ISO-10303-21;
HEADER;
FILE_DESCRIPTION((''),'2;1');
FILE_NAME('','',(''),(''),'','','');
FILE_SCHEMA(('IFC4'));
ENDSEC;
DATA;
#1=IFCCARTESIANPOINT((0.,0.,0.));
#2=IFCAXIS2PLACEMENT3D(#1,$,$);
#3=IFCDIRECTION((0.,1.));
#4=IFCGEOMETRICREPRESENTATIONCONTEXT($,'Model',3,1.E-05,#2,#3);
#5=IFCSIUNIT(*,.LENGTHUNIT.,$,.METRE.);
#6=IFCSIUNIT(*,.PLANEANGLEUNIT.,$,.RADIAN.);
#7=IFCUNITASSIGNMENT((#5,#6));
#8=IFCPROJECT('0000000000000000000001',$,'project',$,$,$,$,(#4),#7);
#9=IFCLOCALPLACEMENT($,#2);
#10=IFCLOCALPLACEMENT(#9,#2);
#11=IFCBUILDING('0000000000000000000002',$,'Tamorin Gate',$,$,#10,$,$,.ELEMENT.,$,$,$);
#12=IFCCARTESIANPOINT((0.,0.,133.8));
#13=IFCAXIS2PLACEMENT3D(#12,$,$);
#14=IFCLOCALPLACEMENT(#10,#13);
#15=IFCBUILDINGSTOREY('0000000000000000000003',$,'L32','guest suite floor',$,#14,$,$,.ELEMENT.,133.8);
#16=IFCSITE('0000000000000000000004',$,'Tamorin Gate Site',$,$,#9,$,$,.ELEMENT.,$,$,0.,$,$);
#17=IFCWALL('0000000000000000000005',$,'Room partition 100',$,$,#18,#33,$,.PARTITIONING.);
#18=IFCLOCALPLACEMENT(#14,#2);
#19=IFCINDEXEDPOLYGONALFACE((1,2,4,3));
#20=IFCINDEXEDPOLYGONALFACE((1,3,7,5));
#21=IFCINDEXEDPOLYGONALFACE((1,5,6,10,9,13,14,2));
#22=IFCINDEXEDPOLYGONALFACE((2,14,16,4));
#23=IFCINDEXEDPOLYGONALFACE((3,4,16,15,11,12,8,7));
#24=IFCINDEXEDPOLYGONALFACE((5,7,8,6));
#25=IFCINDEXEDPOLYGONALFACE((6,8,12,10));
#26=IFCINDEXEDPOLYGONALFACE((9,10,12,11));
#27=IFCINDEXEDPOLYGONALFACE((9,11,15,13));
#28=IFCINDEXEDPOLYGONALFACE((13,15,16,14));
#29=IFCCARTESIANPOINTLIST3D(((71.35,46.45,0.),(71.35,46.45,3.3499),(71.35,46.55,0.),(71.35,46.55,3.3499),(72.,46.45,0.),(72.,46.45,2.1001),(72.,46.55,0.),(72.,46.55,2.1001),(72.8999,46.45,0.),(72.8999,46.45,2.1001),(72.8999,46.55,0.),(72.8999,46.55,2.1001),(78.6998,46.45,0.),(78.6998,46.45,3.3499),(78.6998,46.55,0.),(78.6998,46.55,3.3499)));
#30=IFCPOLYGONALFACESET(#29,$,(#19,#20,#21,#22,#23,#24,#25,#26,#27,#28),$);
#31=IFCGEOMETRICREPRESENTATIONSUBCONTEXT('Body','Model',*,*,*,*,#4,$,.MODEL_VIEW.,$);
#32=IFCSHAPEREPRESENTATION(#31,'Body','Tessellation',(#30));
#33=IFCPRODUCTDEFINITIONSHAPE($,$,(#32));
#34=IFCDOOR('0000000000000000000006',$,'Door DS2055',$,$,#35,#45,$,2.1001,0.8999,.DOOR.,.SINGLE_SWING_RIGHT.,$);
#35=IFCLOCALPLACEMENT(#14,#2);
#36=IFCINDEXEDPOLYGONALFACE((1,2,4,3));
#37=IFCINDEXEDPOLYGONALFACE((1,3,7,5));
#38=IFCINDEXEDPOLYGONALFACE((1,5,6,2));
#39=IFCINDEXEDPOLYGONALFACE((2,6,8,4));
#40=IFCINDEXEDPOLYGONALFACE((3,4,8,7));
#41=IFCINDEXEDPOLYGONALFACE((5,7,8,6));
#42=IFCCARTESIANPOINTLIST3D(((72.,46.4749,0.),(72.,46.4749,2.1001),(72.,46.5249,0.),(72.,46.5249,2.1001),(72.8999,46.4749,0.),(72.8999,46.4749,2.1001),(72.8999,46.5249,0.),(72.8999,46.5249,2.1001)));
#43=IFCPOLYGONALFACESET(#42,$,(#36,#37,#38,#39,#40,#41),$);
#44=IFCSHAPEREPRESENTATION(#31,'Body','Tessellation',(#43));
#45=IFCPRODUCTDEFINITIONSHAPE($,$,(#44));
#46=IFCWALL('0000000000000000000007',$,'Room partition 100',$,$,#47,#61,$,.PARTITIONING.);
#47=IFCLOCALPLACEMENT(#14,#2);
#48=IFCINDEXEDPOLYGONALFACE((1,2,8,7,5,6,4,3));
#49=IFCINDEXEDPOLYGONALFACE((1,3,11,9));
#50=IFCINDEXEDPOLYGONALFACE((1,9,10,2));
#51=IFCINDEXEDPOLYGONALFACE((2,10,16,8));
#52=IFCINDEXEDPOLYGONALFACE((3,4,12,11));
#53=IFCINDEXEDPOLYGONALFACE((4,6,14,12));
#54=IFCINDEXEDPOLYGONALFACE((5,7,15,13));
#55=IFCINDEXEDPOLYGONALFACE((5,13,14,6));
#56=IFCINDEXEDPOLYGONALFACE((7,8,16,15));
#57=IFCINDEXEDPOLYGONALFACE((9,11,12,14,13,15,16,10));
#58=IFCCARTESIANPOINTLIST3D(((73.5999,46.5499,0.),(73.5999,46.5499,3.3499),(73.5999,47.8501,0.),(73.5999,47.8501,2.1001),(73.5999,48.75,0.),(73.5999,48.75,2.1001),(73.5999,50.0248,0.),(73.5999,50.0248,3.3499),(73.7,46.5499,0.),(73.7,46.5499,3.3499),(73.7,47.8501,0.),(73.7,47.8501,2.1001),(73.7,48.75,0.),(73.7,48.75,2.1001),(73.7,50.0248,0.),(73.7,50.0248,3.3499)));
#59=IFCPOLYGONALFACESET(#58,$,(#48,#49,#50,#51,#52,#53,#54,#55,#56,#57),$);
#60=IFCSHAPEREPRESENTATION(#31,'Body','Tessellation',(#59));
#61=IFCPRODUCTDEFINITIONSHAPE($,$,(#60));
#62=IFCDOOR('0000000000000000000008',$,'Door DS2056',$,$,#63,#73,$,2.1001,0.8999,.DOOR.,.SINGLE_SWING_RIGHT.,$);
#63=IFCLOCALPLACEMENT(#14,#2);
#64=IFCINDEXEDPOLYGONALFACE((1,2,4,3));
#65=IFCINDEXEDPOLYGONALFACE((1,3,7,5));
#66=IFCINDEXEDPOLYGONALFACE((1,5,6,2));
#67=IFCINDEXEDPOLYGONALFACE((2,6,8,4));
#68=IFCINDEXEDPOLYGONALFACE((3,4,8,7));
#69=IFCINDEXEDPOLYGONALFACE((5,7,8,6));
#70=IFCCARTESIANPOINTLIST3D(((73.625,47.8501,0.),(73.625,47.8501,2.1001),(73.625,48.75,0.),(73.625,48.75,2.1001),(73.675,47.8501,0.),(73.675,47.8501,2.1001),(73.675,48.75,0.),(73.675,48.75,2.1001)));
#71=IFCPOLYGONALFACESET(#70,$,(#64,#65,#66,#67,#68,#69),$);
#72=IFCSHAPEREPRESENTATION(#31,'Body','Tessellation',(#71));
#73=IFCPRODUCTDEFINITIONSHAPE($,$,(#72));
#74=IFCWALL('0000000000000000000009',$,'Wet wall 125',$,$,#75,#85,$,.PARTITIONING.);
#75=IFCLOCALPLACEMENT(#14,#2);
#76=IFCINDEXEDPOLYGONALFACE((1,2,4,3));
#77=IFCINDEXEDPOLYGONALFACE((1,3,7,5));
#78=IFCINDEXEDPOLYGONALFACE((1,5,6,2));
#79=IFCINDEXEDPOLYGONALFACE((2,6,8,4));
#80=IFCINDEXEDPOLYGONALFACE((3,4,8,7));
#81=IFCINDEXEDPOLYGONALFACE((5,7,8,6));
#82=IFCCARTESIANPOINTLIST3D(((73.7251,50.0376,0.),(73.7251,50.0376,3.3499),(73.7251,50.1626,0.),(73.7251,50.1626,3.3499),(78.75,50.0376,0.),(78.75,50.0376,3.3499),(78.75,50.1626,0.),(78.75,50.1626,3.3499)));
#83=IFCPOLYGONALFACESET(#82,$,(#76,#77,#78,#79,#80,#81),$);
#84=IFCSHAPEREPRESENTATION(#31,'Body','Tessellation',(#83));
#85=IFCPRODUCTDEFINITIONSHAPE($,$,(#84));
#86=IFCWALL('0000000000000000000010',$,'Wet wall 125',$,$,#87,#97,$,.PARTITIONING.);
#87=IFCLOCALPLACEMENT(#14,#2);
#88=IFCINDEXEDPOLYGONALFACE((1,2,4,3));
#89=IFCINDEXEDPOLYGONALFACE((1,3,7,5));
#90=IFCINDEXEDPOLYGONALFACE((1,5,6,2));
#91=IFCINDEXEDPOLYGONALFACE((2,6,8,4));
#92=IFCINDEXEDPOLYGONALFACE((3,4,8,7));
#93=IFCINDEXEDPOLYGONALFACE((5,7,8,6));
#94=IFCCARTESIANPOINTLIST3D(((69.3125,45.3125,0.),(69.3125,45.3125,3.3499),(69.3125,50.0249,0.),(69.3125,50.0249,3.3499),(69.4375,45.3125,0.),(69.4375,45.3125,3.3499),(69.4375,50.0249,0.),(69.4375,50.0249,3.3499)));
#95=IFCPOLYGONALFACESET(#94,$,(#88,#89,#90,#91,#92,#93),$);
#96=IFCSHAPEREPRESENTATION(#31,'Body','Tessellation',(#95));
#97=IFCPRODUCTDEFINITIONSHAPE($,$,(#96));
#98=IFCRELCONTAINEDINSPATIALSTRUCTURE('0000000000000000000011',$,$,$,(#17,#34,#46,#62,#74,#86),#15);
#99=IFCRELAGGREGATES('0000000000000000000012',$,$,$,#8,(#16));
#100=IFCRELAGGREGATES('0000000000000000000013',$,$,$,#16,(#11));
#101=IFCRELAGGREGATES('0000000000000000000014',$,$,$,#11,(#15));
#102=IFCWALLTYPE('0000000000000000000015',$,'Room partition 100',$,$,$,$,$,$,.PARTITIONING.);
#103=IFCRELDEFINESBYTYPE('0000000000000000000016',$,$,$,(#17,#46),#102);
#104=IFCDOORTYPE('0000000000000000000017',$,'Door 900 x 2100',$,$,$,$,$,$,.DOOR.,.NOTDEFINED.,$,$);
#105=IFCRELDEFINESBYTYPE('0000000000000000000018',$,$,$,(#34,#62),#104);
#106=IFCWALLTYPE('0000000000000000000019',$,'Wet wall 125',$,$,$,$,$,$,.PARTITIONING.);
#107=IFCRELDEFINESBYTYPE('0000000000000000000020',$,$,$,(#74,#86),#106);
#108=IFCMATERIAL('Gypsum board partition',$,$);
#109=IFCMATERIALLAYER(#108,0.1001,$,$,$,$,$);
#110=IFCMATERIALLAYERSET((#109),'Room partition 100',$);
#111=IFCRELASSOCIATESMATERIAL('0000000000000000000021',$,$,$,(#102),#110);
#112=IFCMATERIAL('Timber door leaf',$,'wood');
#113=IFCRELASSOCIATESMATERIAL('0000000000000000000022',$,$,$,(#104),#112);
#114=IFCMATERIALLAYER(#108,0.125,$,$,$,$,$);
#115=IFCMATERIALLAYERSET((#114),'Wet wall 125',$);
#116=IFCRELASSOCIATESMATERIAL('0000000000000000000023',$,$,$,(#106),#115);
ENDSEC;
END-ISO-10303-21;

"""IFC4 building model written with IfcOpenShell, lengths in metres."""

from ifc_helpers import new_model, si_unit, direction, frame, frame_2d, origin, place, context, subcontext, project, spatial, rectangle, extrude, material, layer, layer_set, type_object, element, fill, save


model = new_model("IFC4")

# Units and contexts
model_context = context("Model", 3, precision=1e-05, world=origin(), true_north=direction((0.0, 1.0)))
body_context = subcontext(model_context, "Body", "Model", "MODEL_VIEW")
ifc_project = project(units=[si_unit("LENGTHUNIT", "METRE"), si_unit("PLANEANGLEUNIT", "RADIAN")], contexts=[model_context])

# Site, building, storey
site_placement = place(None, origin())
site = spatial("IfcSite", under=ifc_project, at=site_placement, Name="Tamorin Gate Site", CompositionType="ELEMENT", RefElevation=0.0)
building_placement = place(site_placement, origin())
building = spatial("IfcBuilding", under=site, at=building_placement, Name="Tamorin Gate", CompositionType="ELEMENT")
storey_placement = place(building_placement, frame((0.0, 0.0, 133.8)))
storey = spatial("IfcBuildingStorey", under=building, at=storey_placement, Name="L32", Description="guest suite floor", CompositionType="ELEMENT", Elevation=133.8)

# Shared definitions
ifc_material_1 = material(Name="Gypsum board partition")

# Walls, openings, doors
ifc_layer_1 = layer(ifc_material_1, 0.1001)
ifc_layer_set_1 = layer_set([ifc_layer_1], Name="Room partition 100")
wall_type_1 = type_object("IfcWallType", Name="Room partition 100", PredefinedType="PARTITIONING", material=ifc_layer_set_1)
ifc_material_2 = material(Name="Timber door leaf", Category="wood")
door_type = type_object("IfcDoorType", Name="Door 900 x 2100", OperationType="NOTDEFINED", PredefinedType="DOOR", material=ifc_material_2)
wall_1_placement = place(storey_placement, frame((71.3501, 46.5, 0.0), z_axis=(0.0, 0.0, 1.0), x_axis=(1.0, 0.0, 0.0)))
wall_1 = element("IfcWall", 1, at=wall_1_placement, inside=storey, type_object=wall_type_1, Name="Room partition 100", PredefinedType="PARTITIONING", context=body_context, shape_type="SweptSolid", body=[
    extrude(rectangle(XDim=7.3499, YDim=0.1001, at=frame_2d((3.6748, 0.0))), origin(), (0.0, 0.0, 1.0), 3.3499),
])
opening_1_placement = place(wall_1_placement, frame((0.6499, 0.0, 0.0)))
opening_1 = element("IfcOpeningElement", 2, at=opening_1_placement, cuts=wall_1, PredefinedType="OPENING", context=body_context, shape_type="SweptSolid", body=[
    extrude(rectangle(XDim=0.8999, YDim=2.1001, at=frame_2d((0.45, 1.05))), frame((0.0, 0.0601, 0.0), z_axis=(0.0, -1.0, 0.0), x_axis=(1.0, 0.0, 0.0)), (0.0, 0.0, 1.0), 0.1201),
])
door_1_placement = place(opening_1_placement, origin())
door_1 = element("IfcDoor", 3, at=door_1_placement, inside=storey, type_object=door_type, Name="Door DS2055", OperationType="SINGLE_SWING_RIGHT", OverallHeight=2.1001, OverallWidth=0.8999, PredefinedType="DOOR", context=body_context, shape_type="SweptSolid", body=[
    extrude(rectangle(XDim=0.8999, YDim=2.1001, at=frame_2d((0.45, 1.05))), frame((0.0, 0.0249, 0.0), z_axis=(0.0, -1.0, 0.0), x_axis=(1.0, 0.0, 0.0)), (0.0, 0.0, 1.0), 0.05),
])
fill(opening_1, door_1)
wall_2_placement = place(storey_placement, frame((73.6499, 46.55, 0.0), z_axis=(0.0, 0.0, 1.0), x_axis=(0.0, 1.0, 0.0)))
wall_2 = element("IfcWall", 4, at=wall_2_placement, inside=storey, type_object=wall_type_1, Name="Room partition 100", PredefinedType="PARTITIONING", context=body_context, shape_type="SweptSolid", body=[
    extrude(rectangle(XDim=3.4749, YDim=0.1001, at=frame_2d((1.7373, 0.0))), origin(), (0.0, 0.0, 1.0), 3.3499),
])
opening_2_placement = place(wall_2_placement, frame((1.3, 0.0, 0.0)))
opening_2 = element("IfcOpeningElement", 5, at=opening_2_placement, cuts=wall_2, PredefinedType="OPENING", context=body_context, shape_type="SweptSolid", body=[
    extrude(rectangle(XDim=0.8999, YDim=2.1001, at=frame_2d((0.45, 1.05))), frame((0.0, 0.0601, 0.0), z_axis=(0.0, -1.0, 0.0), x_axis=(1.0, 0.0, 0.0)), (0.0, 0.0, 1.0), 0.1201),
])
door_2_placement = place(opening_2_placement, origin())
door_2 = element("IfcDoor", 6, at=door_2_placement, inside=storey, type_object=door_type, Name="Door DS2056", OperationType="SINGLE_SWING_RIGHT", OverallHeight=2.1001, OverallWidth=0.8999, PredefinedType="DOOR", context=body_context, shape_type="SweptSolid", body=[
    extrude(rectangle(XDim=0.8999, YDim=2.1001, at=frame_2d((0.45, 1.05))), frame((0.0, 0.0249, 0.0), z_axis=(0.0, -1.0, 0.0), x_axis=(1.0, 0.0, 0.0)), (0.0, 0.0, 1.0), 0.05),
])
fill(opening_2, door_2)

# Walls
ifc_layer_2 = layer(ifc_material_1, 0.125)
ifc_layer_set_2 = layer_set([ifc_layer_2], Name="Wet wall 125")
wall_type_2 = type_object("IfcWallType", Name="Wet wall 125", PredefinedType="PARTITIONING", material=ifc_layer_set_2)
wall_3_placement = place(storey_placement, frame((73.7251, 50.1001, 0.0), z_axis=(0.0, 0.0, 1.0), x_axis=(1.0, 0.0, 0.0)))
element("IfcWall", 7, at=wall_3_placement, inside=storey, type_object=wall_type_2, Name="Wet wall 125", PredefinedType="PARTITIONING", context=body_context, shape_type="SweptSolid", body=[
    extrude(rectangle(XDim=5.0249, YDim=0.125, at=frame_2d((2.5125, 0.0))), origin(), (0.0, 0.0, 1.0), 3.3499),
])
wall_4_placement = place(storey_placement, frame((69.375, 45.3125, 0.0), z_axis=(0.0, 0.0, 1.0), x_axis=(0.0, 1.0, 0.0)))
element("IfcWall", 8, at=wall_4_placement, inside=storey, type_object=wall_type_2, Name="Wet wall 125", PredefinedType="PARTITIONING", context=body_context, shape_type="SweptSolid", body=[
    extrude(rectangle(XDim=4.7124, YDim=0.125, at=frame_2d((2.3562, 0.0))), origin(), (0.0, 0.0, 1.0), 3.3499),
])

save(model, "model.ifc")
